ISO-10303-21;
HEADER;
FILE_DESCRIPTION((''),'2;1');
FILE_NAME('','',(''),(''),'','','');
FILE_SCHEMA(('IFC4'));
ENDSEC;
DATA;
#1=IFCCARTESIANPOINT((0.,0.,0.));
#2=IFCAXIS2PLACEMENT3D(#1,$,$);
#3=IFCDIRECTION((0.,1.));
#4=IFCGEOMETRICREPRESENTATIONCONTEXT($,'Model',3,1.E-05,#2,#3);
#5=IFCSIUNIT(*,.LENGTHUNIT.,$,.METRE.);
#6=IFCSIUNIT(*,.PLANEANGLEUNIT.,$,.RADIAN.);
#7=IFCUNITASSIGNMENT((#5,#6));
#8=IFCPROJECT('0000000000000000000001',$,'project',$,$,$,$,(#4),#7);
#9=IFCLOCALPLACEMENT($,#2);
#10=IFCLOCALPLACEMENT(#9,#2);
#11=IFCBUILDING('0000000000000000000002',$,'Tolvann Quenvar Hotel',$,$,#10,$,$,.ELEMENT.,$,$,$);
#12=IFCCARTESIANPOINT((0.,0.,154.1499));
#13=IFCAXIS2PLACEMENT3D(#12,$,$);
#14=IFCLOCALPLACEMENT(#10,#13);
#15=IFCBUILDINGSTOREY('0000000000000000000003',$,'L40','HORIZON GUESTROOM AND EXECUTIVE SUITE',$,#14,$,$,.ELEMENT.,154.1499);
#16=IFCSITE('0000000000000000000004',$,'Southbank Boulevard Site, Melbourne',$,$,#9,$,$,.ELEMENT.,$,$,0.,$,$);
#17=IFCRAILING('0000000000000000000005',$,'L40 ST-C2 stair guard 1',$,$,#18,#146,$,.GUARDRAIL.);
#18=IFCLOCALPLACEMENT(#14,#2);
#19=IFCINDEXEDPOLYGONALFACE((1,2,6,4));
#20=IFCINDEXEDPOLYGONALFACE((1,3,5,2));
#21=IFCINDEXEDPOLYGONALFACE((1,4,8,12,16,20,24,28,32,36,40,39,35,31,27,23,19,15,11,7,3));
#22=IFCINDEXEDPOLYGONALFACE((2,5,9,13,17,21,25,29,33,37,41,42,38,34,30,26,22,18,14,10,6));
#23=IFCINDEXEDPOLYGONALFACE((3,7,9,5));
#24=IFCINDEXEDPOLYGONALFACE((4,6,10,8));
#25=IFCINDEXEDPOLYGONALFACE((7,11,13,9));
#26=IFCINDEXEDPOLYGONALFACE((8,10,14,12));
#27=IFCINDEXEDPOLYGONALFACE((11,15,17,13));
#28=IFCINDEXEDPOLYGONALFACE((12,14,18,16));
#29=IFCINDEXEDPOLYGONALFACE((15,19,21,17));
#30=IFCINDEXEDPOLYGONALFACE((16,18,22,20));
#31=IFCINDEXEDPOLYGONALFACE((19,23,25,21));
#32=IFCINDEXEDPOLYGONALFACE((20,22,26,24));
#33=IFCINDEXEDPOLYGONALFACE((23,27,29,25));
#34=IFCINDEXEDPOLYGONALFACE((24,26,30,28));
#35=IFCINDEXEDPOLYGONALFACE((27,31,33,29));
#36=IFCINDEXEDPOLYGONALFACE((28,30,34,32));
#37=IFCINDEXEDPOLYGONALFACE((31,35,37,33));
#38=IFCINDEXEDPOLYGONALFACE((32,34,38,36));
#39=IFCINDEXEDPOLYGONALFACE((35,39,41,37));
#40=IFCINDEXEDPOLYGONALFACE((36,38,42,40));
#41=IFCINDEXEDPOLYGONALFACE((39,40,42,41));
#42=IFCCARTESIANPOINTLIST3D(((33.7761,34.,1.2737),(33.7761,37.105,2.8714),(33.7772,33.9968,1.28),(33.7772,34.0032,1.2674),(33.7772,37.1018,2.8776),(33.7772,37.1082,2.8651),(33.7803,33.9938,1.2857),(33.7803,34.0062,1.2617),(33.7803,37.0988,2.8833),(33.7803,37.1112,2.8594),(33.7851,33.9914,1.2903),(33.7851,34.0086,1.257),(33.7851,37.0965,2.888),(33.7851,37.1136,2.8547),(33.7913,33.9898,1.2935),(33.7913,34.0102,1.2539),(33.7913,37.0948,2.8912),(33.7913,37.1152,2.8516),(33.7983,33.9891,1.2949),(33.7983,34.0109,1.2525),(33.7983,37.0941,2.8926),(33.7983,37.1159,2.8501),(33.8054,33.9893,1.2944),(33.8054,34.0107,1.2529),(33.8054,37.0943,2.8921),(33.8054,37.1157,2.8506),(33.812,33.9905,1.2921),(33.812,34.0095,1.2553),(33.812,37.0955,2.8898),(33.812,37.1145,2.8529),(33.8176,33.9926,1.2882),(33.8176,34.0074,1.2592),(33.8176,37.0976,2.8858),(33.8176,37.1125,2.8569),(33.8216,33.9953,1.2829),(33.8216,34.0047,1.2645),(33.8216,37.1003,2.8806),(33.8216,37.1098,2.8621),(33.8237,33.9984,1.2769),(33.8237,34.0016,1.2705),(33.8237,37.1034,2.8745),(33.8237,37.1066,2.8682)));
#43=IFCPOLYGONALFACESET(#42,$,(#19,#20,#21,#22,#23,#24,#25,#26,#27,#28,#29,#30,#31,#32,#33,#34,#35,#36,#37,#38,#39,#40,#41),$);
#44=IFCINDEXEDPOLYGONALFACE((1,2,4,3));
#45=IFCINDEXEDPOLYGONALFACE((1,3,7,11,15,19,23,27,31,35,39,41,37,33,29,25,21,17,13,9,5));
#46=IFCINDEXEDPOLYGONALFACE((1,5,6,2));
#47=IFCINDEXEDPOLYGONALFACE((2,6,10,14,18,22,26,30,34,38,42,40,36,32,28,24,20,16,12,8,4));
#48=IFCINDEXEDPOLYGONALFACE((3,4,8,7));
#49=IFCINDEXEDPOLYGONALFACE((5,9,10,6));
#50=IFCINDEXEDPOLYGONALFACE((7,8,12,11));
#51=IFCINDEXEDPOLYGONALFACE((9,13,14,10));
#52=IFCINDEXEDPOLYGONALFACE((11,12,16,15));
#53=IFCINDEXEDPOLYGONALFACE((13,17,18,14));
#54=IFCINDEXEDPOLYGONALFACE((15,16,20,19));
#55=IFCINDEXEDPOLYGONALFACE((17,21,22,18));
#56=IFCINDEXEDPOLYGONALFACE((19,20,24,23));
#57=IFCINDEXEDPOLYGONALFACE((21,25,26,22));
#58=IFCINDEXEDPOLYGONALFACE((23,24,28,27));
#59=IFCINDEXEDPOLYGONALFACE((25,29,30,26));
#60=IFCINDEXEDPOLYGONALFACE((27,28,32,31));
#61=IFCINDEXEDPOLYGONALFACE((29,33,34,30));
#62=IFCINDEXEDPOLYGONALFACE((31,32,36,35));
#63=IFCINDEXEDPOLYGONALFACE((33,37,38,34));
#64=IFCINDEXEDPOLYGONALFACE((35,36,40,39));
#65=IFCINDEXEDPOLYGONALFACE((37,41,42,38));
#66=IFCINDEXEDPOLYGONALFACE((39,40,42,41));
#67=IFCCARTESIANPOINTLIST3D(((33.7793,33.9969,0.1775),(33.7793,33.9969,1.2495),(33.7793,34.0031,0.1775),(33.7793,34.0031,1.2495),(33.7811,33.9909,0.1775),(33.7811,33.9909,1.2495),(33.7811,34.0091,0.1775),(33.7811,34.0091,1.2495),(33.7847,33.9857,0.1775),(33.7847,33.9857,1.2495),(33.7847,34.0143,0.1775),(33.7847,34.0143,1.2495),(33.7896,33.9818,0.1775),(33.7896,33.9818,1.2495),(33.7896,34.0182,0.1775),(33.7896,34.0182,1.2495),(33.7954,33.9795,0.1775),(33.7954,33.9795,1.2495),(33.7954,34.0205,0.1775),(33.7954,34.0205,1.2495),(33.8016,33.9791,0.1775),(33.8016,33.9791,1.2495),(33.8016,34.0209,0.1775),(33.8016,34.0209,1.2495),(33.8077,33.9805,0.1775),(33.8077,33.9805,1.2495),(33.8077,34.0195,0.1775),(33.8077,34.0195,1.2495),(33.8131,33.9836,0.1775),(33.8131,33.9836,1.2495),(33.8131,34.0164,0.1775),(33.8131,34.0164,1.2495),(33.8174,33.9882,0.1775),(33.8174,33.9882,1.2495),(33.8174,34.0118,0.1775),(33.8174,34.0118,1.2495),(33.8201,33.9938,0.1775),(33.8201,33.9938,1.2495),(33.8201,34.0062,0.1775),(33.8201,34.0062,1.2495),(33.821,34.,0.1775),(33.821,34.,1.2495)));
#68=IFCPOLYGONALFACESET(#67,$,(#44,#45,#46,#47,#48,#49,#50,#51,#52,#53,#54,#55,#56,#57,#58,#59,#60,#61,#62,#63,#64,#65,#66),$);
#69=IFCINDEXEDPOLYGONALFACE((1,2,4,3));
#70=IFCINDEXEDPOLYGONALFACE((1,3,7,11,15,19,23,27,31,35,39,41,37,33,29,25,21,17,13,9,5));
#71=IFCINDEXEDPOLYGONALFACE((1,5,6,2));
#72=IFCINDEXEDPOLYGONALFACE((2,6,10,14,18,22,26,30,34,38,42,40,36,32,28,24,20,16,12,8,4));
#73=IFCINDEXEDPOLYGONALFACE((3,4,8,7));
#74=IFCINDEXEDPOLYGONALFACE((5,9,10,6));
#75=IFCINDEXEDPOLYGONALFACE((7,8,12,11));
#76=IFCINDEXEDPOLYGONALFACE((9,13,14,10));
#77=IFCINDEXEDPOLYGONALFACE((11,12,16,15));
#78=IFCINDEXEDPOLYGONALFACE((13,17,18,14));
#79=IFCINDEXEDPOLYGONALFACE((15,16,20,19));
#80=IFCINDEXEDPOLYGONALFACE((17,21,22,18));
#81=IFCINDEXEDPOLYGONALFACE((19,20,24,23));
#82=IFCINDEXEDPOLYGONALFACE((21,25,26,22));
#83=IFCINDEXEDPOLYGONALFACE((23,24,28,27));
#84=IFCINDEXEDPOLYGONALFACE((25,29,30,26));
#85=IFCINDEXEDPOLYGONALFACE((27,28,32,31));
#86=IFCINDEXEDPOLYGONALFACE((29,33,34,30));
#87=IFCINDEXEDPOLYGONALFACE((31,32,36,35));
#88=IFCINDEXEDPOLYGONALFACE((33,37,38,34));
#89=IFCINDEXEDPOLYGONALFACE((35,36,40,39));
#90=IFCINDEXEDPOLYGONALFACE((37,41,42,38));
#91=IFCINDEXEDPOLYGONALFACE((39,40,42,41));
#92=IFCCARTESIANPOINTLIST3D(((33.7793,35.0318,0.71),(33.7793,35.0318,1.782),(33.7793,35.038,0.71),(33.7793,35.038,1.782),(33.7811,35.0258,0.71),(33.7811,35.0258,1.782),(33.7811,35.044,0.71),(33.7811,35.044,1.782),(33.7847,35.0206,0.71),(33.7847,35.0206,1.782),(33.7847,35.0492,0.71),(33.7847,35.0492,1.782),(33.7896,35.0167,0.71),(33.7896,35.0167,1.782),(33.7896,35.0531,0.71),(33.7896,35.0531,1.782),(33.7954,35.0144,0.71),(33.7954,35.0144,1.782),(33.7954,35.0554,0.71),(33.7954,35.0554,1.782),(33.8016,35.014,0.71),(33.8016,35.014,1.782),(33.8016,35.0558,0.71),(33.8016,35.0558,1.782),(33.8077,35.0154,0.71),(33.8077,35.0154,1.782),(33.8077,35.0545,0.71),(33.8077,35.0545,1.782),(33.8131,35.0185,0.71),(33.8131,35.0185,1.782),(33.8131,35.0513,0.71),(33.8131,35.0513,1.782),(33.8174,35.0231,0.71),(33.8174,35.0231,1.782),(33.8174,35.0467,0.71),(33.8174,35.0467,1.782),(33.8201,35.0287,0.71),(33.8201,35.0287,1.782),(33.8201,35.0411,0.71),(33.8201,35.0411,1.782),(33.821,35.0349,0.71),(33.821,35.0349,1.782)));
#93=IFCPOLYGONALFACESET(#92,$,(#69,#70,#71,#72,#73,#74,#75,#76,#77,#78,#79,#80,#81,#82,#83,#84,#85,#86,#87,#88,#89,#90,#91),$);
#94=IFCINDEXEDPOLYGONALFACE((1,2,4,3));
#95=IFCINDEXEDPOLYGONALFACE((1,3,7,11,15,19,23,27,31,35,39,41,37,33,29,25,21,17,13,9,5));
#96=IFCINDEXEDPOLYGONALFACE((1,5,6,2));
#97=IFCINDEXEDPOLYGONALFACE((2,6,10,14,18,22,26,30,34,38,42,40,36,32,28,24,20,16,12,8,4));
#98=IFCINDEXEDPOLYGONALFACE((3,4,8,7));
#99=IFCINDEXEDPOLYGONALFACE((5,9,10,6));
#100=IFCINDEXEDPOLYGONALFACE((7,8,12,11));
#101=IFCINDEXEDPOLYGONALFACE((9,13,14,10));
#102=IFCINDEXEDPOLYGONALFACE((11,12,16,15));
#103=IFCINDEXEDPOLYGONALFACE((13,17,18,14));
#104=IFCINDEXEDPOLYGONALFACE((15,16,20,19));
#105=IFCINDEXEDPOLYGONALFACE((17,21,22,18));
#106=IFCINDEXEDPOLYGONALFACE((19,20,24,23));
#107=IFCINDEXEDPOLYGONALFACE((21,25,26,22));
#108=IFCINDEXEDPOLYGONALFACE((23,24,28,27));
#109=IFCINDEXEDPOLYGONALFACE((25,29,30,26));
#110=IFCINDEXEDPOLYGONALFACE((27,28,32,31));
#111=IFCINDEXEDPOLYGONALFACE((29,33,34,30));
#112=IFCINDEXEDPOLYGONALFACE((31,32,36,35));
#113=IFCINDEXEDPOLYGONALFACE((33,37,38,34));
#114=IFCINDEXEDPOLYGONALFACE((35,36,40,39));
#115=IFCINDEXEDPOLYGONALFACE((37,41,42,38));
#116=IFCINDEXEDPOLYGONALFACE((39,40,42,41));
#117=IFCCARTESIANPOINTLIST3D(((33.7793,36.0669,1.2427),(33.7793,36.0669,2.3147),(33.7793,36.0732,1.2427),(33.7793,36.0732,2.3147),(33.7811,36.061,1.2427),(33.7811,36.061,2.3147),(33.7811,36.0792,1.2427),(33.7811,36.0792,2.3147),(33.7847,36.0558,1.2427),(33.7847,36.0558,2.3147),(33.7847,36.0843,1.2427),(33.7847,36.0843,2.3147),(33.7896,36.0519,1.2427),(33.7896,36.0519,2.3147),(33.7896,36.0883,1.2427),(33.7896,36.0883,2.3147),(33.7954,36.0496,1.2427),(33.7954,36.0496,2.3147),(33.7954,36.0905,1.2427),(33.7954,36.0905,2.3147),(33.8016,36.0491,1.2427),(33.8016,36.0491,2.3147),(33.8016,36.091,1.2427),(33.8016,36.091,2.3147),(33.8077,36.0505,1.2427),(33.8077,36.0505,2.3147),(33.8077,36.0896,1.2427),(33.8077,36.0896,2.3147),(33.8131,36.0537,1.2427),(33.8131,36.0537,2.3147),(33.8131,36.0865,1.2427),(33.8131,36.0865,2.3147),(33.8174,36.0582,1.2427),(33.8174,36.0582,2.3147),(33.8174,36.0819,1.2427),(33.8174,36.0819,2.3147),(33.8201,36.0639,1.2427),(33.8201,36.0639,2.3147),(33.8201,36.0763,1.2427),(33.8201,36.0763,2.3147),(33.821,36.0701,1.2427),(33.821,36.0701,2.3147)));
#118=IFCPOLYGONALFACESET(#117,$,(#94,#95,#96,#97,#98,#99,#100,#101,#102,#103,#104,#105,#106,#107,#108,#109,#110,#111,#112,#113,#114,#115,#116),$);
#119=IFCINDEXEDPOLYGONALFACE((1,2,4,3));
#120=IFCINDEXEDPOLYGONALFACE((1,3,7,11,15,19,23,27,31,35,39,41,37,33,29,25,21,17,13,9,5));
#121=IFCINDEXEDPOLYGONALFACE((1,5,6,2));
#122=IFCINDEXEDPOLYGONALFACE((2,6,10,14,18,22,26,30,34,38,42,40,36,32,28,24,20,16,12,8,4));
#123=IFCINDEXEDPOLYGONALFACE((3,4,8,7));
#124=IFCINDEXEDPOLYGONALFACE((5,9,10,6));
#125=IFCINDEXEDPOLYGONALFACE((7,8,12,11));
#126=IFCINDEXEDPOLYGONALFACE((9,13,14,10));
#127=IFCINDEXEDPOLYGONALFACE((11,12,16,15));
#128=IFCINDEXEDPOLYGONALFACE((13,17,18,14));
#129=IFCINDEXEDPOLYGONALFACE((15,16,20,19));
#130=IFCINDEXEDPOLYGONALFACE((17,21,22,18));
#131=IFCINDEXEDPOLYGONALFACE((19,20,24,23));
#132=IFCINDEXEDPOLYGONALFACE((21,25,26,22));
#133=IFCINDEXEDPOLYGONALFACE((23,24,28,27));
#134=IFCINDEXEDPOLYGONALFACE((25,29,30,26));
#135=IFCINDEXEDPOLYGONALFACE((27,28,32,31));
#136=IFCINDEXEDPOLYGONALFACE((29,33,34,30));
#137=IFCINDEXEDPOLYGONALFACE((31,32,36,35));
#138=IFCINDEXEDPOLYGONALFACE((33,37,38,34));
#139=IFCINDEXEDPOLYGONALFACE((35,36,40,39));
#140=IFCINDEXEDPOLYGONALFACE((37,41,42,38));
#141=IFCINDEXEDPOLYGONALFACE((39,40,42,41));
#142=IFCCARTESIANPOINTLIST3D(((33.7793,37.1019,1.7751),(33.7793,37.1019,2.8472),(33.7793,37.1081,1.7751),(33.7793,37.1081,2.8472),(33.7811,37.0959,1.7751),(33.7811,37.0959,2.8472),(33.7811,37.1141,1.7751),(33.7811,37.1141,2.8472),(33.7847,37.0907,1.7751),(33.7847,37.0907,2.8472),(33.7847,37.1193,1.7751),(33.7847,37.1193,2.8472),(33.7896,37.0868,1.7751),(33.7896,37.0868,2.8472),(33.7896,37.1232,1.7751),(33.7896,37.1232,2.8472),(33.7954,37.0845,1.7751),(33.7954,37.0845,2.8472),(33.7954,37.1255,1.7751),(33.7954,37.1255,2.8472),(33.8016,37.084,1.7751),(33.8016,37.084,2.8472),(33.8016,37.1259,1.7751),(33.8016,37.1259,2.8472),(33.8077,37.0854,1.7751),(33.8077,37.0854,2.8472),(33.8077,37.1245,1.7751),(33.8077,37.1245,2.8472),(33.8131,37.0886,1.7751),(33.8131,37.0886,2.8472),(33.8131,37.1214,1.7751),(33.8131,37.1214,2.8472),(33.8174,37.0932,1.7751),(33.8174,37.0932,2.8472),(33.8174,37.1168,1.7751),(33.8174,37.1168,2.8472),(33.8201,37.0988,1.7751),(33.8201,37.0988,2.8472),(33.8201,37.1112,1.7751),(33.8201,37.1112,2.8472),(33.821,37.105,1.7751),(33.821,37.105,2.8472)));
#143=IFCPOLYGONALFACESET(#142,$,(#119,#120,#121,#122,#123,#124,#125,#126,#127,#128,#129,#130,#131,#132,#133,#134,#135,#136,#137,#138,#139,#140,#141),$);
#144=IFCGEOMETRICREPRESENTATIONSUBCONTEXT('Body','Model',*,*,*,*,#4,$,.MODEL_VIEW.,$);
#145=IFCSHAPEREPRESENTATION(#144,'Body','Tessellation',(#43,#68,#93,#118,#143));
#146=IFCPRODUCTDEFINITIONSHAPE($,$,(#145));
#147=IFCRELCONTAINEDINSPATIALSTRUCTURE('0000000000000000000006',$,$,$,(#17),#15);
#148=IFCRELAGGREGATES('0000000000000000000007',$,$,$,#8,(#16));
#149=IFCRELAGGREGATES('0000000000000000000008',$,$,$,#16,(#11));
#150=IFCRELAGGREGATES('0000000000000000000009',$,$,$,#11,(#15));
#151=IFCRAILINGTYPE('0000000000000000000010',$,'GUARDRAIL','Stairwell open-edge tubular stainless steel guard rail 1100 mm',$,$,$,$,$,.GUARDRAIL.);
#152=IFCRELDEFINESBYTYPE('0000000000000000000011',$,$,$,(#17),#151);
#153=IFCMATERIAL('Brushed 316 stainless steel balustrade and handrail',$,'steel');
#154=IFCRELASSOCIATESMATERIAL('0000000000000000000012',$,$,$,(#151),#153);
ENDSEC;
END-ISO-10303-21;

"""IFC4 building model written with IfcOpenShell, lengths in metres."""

from ifc_helpers import new_model, si_unit, direction, frame, origin, origin_2d, place, context, subcontext, project, spatial, circle, extrude, material, type_object, element, save


model = new_model("IFC4")

# Units and contexts
model_context = context("Model", 3, precision=1e-05, world=origin(), true_north=direction((0.0, 1.0)))
body_context = subcontext(model_context, "Body", "Model", "MODEL_VIEW")
ifc_project = project(units=[si_unit("LENGTHUNIT", "METRE"), si_unit("PLANEANGLEUNIT", "RADIAN")], contexts=[model_context])

# Site, building, storey
site_placement = place(None, origin())
site = spatial("IfcSite", under=ifc_project, at=site_placement, Name="Southbank Boulevard Site, Melbourne", CompositionType="ELEMENT", RefElevation=0.0)
building_placement = place(site_placement, origin())
building = spatial("IfcBuilding", under=site, at=building_placement, Name="Tolvann Quenvar Hotel", CompositionType="ELEMENT")
storey_placement = place(building_placement, frame((0.0, 0.0, 154.1499)))
storey = spatial("IfcBuildingStorey", under=building, at=storey_placement, Name="L40", Description="HORIZON GUESTROOM AND EXECUTIVE SUITE", CompositionType="ELEMENT", Elevation=154.1499)

# Railing
ifc_material_1 = material(Name="Brushed 316 stainless steel balustrade and handrail", Category="steel")
railing_type_1 = type_object("IfcRailingType", Name="GUARDRAIL", Description="Stairwell open-edge tubular stainless steel guard rail 1100 mm", PredefinedType="GUARDRAIL", material=ifc_material_1)
railing_1_placement = place(storey_placement, frame((33.8, 34.0, 0.1775)))
element("IfcRailing", 1, at=railing_1_placement, inside=storey, type_object=railing_type_1, Name="L40 ST-C2 stair guard 1", PredefinedType="GUARDRAIL", context=body_context, shape_type="SweptSolid", body=[
    extrude(circle(Radius=0.0239, at=origin_2d()), frame((0.0, 0.0, 1.0962), z_axis=(0.0, 0.889194, 0.457531), x_axis=(-1.0, 0.0, 0.0)), (0.0, 0.0, 1.0), 3.4919),
    extrude(circle(Radius=0.021, at=origin_2d()), origin(), (0.0, 0.0, 1.0), 1.072),
    extrude(circle(Radius=0.021, at=origin_2d()), frame((0.0, 1.0349, 0.5325)), (0.0, 0.0, 1.0), 1.072),
    extrude(circle(Radius=0.021, at=origin_2d()), frame((0.0, 2.0701, 1.0652)), (0.0, 0.0, 1.0), 1.072),
    extrude(circle(Radius=0.021, at=origin_2d()), frame((0.0, 3.105, 1.5977)), (0.0, 0.0, 1.0), 1.072),
])

save(model, "model.ifc")
